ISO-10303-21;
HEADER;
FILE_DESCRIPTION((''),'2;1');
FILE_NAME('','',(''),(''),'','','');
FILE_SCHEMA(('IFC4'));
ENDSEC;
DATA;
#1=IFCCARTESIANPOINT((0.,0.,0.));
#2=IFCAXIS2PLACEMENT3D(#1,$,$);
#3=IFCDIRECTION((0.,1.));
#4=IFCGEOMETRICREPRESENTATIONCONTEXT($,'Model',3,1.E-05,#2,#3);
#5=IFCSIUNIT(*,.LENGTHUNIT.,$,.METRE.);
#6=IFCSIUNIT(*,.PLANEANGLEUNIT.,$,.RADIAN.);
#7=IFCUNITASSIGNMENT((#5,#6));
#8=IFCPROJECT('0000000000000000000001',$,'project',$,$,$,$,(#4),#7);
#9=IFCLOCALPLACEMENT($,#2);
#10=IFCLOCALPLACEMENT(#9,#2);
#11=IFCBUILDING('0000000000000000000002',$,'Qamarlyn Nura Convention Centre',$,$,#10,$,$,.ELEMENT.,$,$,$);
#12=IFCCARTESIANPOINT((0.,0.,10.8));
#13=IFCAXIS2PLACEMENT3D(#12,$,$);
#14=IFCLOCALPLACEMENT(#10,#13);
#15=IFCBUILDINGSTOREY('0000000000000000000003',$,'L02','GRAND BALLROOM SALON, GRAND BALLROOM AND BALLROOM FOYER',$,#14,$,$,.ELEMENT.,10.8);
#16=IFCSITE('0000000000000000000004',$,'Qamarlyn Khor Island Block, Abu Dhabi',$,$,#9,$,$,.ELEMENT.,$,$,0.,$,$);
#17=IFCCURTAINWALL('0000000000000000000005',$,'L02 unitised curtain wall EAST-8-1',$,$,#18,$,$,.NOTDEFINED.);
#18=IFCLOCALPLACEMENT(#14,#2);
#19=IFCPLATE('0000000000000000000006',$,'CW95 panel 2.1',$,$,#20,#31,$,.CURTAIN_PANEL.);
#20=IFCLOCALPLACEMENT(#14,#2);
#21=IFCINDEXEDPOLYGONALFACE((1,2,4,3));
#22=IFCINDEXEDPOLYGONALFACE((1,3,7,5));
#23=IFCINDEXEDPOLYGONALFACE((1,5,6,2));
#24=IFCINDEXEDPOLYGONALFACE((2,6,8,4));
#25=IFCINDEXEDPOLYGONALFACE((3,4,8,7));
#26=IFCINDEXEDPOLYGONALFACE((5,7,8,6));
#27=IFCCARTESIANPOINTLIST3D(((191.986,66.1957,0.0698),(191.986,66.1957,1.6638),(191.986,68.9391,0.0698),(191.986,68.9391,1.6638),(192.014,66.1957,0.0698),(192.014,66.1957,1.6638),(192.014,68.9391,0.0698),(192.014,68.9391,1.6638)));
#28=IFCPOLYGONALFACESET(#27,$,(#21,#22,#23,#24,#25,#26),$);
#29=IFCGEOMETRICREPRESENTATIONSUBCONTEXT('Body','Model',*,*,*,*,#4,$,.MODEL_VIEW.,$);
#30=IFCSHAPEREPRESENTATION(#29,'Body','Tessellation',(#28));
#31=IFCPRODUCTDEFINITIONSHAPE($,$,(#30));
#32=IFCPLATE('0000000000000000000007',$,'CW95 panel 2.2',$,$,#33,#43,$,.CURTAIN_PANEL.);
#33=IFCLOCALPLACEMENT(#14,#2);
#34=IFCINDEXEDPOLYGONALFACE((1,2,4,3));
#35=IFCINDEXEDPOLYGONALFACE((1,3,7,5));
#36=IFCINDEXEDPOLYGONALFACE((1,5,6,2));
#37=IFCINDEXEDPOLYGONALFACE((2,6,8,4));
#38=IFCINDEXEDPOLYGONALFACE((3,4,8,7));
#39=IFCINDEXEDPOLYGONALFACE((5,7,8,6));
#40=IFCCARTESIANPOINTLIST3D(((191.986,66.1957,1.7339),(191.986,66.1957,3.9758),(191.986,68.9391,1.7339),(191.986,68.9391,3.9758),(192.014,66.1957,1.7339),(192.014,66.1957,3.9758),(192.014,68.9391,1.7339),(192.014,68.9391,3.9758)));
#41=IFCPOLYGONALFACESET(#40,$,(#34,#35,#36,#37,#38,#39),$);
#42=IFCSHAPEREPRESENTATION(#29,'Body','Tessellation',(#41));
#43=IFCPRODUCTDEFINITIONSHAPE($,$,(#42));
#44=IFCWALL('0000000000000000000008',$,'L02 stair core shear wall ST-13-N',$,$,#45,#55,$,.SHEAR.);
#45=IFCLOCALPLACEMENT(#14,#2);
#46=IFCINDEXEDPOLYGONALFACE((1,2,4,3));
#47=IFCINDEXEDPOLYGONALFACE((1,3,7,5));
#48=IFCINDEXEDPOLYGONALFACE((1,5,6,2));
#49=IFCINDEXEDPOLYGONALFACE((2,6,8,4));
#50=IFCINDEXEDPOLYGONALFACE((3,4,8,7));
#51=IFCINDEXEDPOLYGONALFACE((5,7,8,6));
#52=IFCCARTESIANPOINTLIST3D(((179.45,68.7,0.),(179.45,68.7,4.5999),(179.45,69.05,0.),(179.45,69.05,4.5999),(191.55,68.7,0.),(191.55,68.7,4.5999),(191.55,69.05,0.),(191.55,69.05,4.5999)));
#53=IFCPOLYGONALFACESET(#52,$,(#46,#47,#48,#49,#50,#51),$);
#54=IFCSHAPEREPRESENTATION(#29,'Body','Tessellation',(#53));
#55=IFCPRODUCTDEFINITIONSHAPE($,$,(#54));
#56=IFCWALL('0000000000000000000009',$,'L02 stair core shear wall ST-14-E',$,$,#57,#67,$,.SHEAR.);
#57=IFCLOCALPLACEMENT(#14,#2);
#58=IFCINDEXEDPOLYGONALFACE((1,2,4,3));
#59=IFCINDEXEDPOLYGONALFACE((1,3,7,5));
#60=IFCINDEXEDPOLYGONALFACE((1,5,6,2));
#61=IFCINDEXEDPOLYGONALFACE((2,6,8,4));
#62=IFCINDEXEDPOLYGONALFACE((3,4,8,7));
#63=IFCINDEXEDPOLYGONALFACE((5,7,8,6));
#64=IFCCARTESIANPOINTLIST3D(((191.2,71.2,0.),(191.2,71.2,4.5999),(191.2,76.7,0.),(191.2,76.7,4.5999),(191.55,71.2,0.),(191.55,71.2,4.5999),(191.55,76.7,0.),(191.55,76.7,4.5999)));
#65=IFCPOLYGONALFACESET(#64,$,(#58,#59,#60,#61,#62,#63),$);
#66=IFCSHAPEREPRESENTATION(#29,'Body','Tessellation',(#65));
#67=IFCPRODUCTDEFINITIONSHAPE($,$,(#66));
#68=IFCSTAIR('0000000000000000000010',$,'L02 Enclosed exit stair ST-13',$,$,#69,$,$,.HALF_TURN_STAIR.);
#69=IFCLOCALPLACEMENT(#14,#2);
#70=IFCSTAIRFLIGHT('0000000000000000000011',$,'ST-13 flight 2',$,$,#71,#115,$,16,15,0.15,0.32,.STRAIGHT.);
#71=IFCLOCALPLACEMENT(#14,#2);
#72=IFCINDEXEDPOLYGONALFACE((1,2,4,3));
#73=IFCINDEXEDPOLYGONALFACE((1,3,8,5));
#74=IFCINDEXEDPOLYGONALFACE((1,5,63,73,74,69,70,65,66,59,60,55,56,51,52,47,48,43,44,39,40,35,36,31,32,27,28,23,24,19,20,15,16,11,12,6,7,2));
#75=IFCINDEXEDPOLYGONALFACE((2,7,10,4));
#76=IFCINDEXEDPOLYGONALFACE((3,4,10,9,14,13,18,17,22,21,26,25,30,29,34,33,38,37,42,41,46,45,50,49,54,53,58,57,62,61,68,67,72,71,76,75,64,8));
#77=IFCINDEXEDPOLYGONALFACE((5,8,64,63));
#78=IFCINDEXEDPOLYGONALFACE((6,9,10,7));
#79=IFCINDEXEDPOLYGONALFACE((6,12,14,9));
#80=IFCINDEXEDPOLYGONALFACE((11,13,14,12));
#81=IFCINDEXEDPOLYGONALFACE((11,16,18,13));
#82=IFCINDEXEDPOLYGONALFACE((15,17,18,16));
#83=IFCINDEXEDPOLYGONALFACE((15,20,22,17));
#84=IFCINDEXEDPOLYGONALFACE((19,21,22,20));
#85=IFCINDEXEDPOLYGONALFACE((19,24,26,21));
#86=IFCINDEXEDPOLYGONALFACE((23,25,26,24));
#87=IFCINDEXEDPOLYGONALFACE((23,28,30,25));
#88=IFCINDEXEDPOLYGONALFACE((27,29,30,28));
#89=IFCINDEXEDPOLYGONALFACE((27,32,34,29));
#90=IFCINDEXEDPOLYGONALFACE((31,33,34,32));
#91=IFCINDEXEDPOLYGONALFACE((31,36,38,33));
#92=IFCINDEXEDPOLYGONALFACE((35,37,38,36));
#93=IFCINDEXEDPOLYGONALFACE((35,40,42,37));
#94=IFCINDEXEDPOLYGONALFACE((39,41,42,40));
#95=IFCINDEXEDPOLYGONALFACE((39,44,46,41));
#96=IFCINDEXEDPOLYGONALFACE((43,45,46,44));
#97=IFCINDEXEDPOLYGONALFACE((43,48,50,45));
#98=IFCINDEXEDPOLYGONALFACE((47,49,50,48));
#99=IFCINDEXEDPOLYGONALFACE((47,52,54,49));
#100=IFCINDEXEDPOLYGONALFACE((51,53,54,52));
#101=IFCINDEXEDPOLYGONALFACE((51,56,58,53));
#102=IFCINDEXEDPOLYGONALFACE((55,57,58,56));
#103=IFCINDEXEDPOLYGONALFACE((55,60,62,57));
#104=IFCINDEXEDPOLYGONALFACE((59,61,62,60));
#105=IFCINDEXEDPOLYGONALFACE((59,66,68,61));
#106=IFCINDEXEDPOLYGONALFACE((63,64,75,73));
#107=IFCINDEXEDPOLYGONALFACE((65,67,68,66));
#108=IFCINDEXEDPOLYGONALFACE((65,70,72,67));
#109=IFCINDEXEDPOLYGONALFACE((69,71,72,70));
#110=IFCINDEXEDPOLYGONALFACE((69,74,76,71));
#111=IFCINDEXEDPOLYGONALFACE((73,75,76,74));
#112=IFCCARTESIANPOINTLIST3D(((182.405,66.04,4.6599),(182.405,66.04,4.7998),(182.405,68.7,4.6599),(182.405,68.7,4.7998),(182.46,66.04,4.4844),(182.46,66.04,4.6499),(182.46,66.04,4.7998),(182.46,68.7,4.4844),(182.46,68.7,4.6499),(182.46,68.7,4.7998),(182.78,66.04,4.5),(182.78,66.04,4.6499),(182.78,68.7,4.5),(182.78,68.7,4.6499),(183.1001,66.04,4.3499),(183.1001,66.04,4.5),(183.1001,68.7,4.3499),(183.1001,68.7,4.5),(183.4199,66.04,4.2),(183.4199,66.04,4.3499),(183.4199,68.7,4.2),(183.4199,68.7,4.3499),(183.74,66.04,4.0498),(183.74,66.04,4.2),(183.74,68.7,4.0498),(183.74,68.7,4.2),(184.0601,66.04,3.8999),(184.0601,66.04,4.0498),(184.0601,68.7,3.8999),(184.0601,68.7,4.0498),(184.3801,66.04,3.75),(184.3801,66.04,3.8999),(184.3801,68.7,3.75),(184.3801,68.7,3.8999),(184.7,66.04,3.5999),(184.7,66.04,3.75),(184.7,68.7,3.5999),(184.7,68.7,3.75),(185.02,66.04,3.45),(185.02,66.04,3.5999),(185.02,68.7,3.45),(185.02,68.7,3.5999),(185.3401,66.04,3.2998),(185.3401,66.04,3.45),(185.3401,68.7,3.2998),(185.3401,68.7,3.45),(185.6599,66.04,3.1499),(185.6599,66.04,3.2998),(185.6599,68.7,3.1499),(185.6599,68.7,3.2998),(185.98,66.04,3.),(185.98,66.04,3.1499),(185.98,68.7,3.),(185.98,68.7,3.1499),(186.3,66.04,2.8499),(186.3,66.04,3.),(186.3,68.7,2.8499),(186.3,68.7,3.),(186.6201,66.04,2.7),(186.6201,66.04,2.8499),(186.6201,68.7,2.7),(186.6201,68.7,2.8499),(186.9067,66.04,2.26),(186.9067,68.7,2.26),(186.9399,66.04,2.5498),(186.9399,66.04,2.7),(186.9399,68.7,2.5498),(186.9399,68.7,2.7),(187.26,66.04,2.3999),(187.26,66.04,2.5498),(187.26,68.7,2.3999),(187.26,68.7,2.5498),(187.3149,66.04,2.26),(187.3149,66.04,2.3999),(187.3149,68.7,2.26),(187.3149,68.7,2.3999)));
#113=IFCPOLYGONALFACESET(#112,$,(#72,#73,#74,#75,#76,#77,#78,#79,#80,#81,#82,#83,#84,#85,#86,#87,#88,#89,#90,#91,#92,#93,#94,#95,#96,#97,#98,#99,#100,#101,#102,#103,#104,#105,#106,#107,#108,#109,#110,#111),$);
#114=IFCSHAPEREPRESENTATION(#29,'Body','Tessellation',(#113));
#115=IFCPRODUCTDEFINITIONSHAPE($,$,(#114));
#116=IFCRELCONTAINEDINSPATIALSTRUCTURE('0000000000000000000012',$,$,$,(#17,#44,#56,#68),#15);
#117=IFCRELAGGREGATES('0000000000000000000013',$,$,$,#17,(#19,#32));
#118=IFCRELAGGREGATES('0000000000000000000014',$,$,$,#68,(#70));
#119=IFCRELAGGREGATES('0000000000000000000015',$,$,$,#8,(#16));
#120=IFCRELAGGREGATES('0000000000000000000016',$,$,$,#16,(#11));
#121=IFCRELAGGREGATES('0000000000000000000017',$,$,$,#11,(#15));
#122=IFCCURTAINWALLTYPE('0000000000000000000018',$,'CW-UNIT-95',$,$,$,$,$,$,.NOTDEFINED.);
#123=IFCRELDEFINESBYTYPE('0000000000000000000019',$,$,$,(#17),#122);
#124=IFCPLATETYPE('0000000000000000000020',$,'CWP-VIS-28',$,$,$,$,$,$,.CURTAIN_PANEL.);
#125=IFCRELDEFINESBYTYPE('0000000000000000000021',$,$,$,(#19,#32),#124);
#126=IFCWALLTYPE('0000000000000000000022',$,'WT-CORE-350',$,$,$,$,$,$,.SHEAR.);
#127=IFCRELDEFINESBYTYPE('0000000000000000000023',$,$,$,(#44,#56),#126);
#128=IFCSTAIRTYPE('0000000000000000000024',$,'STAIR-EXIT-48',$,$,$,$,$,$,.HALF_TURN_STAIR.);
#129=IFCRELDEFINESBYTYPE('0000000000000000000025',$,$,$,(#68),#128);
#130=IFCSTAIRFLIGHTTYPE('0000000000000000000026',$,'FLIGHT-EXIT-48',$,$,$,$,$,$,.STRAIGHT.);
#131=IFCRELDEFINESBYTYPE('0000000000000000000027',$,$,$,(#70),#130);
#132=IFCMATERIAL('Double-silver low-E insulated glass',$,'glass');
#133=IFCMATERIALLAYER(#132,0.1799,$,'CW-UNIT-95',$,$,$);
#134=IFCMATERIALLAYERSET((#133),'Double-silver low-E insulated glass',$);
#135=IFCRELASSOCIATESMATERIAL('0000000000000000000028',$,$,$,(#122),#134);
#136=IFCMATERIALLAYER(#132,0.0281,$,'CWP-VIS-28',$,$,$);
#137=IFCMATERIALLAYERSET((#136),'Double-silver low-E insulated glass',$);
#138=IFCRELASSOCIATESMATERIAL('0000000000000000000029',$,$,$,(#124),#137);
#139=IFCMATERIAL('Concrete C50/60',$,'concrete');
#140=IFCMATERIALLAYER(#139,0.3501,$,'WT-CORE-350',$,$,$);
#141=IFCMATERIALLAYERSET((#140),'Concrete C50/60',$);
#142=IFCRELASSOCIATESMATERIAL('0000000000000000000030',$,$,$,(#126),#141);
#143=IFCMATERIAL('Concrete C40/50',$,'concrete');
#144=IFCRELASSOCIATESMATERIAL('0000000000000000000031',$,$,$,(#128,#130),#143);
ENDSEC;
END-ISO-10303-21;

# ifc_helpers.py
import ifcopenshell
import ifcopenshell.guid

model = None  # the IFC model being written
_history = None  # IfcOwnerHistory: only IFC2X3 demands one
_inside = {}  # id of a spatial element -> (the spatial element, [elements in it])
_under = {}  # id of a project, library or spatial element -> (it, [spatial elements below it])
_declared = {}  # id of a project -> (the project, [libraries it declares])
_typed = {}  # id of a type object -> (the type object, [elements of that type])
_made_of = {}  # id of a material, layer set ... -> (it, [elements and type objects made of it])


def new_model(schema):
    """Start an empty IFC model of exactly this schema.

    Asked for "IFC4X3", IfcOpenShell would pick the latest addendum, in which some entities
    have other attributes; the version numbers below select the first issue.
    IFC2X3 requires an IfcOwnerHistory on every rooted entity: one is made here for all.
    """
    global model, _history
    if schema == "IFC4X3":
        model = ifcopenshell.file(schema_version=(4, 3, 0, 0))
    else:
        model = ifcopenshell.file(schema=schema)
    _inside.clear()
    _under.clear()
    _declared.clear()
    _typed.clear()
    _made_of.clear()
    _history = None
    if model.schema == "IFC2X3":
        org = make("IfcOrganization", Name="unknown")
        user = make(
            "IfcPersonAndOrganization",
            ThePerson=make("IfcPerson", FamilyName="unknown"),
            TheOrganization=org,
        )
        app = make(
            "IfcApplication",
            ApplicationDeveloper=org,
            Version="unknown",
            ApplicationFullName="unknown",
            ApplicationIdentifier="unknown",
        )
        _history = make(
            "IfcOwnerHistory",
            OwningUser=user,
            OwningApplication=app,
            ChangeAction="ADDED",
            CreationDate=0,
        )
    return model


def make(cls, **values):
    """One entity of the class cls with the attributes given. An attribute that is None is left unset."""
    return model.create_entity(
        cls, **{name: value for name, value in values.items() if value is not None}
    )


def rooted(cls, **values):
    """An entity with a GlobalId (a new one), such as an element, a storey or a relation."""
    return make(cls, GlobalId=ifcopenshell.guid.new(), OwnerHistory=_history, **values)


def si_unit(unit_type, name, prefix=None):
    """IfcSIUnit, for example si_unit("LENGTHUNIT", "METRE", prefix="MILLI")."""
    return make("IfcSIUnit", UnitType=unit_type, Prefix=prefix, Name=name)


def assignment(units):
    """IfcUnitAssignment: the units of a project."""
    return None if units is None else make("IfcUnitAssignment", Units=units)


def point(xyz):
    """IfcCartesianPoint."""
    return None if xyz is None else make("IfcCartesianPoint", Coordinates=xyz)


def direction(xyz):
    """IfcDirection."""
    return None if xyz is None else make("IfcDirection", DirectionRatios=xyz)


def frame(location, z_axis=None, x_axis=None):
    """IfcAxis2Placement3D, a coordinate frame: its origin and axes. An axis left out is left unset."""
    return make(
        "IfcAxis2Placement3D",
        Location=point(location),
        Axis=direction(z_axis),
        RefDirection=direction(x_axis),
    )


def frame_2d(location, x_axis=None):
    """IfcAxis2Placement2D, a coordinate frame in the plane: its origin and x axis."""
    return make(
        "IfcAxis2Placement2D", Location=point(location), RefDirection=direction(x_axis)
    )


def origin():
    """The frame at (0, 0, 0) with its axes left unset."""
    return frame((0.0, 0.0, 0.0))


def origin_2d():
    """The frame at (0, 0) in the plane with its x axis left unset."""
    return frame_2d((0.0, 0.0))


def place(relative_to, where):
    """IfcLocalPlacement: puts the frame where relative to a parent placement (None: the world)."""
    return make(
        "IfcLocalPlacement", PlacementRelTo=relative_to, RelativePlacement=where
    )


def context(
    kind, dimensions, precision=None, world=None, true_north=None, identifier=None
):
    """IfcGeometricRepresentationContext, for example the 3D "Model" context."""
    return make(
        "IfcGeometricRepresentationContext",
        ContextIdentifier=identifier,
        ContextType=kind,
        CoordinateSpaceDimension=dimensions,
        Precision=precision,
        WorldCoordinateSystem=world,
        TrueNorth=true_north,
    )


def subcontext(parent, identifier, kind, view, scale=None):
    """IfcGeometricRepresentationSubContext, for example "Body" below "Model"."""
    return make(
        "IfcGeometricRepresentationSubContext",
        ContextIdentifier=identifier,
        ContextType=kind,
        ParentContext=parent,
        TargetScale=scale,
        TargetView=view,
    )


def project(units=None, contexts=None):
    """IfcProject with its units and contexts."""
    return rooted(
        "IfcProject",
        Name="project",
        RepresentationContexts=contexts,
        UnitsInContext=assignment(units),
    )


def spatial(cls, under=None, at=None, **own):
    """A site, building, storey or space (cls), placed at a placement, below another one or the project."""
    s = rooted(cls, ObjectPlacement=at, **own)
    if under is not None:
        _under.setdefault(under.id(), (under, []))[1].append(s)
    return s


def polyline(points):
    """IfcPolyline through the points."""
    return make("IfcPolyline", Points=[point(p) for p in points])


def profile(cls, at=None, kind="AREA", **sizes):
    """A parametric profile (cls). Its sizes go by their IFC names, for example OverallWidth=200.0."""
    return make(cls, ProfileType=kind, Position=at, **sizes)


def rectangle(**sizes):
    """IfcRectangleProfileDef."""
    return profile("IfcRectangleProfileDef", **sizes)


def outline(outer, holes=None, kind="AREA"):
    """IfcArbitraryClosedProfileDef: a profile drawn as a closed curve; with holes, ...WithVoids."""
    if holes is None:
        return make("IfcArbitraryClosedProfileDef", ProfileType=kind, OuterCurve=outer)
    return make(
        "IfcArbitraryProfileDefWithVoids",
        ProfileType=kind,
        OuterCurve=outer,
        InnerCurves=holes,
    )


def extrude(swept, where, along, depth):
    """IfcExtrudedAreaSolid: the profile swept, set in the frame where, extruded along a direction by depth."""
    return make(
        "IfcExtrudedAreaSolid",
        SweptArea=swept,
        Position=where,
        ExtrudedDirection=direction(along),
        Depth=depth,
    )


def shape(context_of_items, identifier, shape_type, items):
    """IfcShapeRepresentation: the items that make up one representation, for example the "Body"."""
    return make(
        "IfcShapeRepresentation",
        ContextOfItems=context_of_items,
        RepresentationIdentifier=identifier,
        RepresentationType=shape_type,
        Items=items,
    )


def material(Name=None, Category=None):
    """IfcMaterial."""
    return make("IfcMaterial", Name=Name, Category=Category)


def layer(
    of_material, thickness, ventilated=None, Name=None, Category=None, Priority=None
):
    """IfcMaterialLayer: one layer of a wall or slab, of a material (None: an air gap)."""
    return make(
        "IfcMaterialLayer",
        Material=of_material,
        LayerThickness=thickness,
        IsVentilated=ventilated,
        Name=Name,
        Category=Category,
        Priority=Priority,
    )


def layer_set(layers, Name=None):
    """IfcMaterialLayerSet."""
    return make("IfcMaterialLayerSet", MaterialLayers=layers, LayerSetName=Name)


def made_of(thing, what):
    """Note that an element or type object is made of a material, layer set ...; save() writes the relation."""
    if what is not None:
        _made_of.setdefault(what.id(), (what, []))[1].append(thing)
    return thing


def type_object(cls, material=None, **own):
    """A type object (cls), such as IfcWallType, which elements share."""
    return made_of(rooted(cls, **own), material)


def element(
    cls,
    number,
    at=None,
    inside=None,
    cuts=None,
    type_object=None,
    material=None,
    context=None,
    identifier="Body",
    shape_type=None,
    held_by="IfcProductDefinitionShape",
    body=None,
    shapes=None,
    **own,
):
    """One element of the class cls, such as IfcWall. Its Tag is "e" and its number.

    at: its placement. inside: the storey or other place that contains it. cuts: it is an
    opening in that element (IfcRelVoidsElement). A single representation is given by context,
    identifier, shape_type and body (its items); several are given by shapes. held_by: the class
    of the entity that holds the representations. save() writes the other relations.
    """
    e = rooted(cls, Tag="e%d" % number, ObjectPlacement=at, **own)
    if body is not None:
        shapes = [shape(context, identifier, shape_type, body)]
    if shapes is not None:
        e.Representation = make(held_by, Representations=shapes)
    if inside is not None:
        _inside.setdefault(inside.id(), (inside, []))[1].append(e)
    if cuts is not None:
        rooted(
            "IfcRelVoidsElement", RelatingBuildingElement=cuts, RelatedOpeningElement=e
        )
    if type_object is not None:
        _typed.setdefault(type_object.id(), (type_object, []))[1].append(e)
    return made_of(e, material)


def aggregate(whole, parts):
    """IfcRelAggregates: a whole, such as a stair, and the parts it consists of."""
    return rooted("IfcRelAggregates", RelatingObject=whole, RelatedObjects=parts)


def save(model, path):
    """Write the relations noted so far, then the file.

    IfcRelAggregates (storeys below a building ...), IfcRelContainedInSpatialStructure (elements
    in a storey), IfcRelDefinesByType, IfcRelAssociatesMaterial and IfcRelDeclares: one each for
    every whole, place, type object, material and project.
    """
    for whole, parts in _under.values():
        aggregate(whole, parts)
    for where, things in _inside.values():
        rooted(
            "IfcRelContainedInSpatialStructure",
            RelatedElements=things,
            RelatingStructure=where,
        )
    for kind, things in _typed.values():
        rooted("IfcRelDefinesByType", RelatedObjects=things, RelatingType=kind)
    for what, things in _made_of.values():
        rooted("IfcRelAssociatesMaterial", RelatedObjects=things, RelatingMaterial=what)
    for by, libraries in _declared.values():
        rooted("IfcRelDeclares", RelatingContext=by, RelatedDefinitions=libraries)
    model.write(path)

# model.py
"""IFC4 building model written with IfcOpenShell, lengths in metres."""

from ifc_helpers import new_model, si_unit, direction, frame, frame_2d, origin, origin_2d, place, context, subcontext, project, spatial, polyline, rectangle, outline, extrude, material, layer, layer_set, type_object, element, aggregate, save


model = new_model("IFC4")

# Units and contexts
model_context = context("Model", 3, precision=1e-05, world=origin(), true_north=direction((0.0, 1.0)))
body_context = subcontext(model_context, "Body", "Model", "MODEL_VIEW")
ifc_project = project(units=[si_unit("LENGTHUNIT", "METRE"), si_unit("PLANEANGLEUNIT", "RADIAN")], contexts=[model_context])

# Site, building, storey
site_placement = place(None, origin())
site = spatial("IfcSite", under=ifc_project, at=site_placement, Name="Qamarlyn Khor Island Block, Abu Dhabi", CompositionType="ELEMENT", RefElevation=0.0)
building_placement = place(site_placement, origin())
building = spatial("IfcBuilding", under=site, at=building_placement, Name="Qamarlyn Nura Convention Centre", CompositionType="ELEMENT")
storey_placement = place(building_placement, frame((0.0, 0.0, 10.8)))
storey = spatial("IfcBuildingStorey", under=building, at=storey_placement, Name="L02", Description="GRAND BALLROOM SALON, GRAND BALLROOM AND BALLROOM FOYER", CompositionType="ELEMENT", Elevation=10.8)

# Curtain wall, plates
ifc_material_1 = material(Name="Double-silver low-E insulated glass", Category="glass")
ifc_layer_1 = layer(ifc_material_1, 0.1799, Name="CW-UNIT-95")
ifc_layer_set_1 = layer_set([ifc_layer_1], Name="Double-silver low-E insulated glass")
curtain_wall_type = type_object("IfcCurtainWallType", Name="CW-UNIT-95", PredefinedType="NOTDEFINED", material=ifc_layer_set_1)
curtain_wall_placement = place(storey_placement, origin())
curtain_wall = element("IfcCurtainWall", 1, at=curtain_wall_placement, inside=storey, type_object=curtain_wall_type, Name="L02 unitised curtain wall EAST-8-1", PredefinedType="NOTDEFINED")
ifc_layer_2 = layer(ifc_material_1, 0.0281, Name="CWP-VIS-28")
ifc_layer_set_2 = layer_set([ifc_layer_2], Name="Double-silver low-E insulated glass")
plate_type = type_object("IfcPlateType", Name="CWP-VIS-28", PredefinedType="CURTAIN_PANEL", material=ifc_layer_set_2)
plate_1_placement = place(storey_placement, frame((192.0, 67.5674, 0.0698), z_axis=(0.0, 0.0, 1.0), x_axis=(0.0, -1.0, 0.0)))
plate_1 = element("IfcPlate", 2, at=plate_1_placement, type_object=plate_type, Name="CW95 panel 2.1", PredefinedType="CURTAIN_PANEL", context=body_context, shape_type="SweptSolid", body=[
    extrude(rectangle(XDim=2.7434, YDim=0.0281, at=origin_2d()), origin(), (0.0, 0.0, 1.0), 1.594),
])
plate_2_placement = place(storey_placement, frame((192.0, 67.5674, 1.7339), z_axis=(0.0, 0.0, 1.0), x_axis=(0.0, -1.0, 0.0)))
plate_2 = element("IfcPlate", 3, at=plate_2_placement, type_object=plate_type, Name="CW95 panel 2.2", PredefinedType="CURTAIN_PANEL", context=body_context, shape_type="SweptSolid", body=[
    extrude(rectangle(XDim=2.7434, YDim=0.0281, at=origin_2d()), origin(), (0.0, 0.0, 1.0), 2.2419),
])
aggregate(curtain_wall, [plate_1, plate_2])

# Walls
ifc_material_2 = material(Name="Concrete C50/60", Category="concrete")
ifc_layer_3 = layer(ifc_material_2, 0.3501, Name="WT-CORE-350")
ifc_layer_set_3 = layer_set([ifc_layer_3], Name="Concrete C50/60")
wall_type = type_object("IfcWallType", Name="WT-CORE-350", PredefinedType="SHEAR", material=ifc_layer_set_3)
wall_1_placement = place(storey_placement, frame((191.55, 68.875, 0.0), z_axis=(0.0, 0.0, 1.0), x_axis=(-1.0, 0.0, 0.0)))
element("IfcWall", 4, at=wall_1_placement, inside=storey, type_object=wall_type, Name="L02 stair core shear wall ST-13-N", PredefinedType="SHEAR", context=body_context, shape_type="SweptSolid", body=[
    extrude(rectangle(XDim=12.1001, YDim=0.3501, at=frame_2d((6.05, 0.0))), origin(), (0.0, 0.0, 1.0), 4.5999),
])
wall_2_placement = place(storey_placement, frame((191.375, 71.2, 0.0), z_axis=(0.0, 0.0, 1.0), x_axis=(0.0, 1.0, 0.0)))
element("IfcWall", 5, at=wall_2_placement, inside=storey, type_object=wall_type, Name="L02 stair core shear wall ST-14-E", PredefinedType="SHEAR", context=body_context, shape_type="SweptSolid", body=[
    extrude(rectangle(XDim=5.5, YDim=0.3501, at=frame_2d((2.75, 0.0))), origin(), (0.0, 0.0, 1.0), 4.5999),
])

# Stair, stair flight
ifc_material_3 = material(Name="Concrete C40/50", Category="concrete")
stair_type = type_object("IfcStairType", Name="STAIR-EXIT-48", PredefinedType="HALF_TURN_STAIR", material=ifc_material_3)
stair_placement = place(storey_placement, origin())
stair = element("IfcStair", 6, at=stair_placement, inside=storey, type_object=stair_type, Name="L02 Enclosed exit stair ST-13", PredefinedType="HALF_TURN_STAIR")
stair_flight_type = type_object("IfcStairFlightType", Name="FLIGHT-EXIT-48", PredefinedType="STRAIGHT", material=ifc_material_3)
stair_flight_placement = place(storey_placement, frame((187.26, 67.3701, 2.3999), z_axis=(0.0, 0.0, 1.0), x_axis=(-1.0, 0.0, 0.0)))
stair_flight = element("IfcStairFlight", 7, at=stair_flight_placement, type_object=stair_flight_type, Name="ST-13 flight 2", NumberOfRisers=16, NumberOfTreads=15, PredefinedType="STRAIGHT", RiserHeight=0.15, TreadLength=0.32, context=body_context, shape_type="SweptSolid", body=[
    extrude(outline(polyline([(-0.0549, 0.0), (0.0, 0.0), (0.0, 0.1499), (0.3201, 0.1499), (0.3201, 0.3), (0.6399, 0.3), (0.6399, 0.45), (0.96, 0.45), (0.96, 0.6001), (1.28, 0.6001), (1.28, 0.75), (1.6001, 0.75), (1.6001, 0.8999), (1.9199, 0.8999), (1.9199, 1.05), (2.24, 1.05), (2.24, 1.2), (2.5601, 1.2), (2.5601, 1.3501), (2.8799, 1.3501), (2.8799, 1.5), (3.2, 1.5), (3.2, 1.6499), (3.52, 1.6499), (3.52, 1.8), (3.8401, 1.8), (3.8401, 1.95), (4.1599, 1.95), (4.1599, 2.1001), (4.48, 2.1001), (4.48, 2.25), (4.8, 2.25), (4.8, 2.3999), (4.855, 2.3999), (4.855, 2.26), (4.8, 2.0845), (0.3533, -0.1399), (-0.0549, -0.1399), (-0.0549, 0.0)])), frame((0.0, 1.3301, 0.0), z_axis=(0.0, -1.0, 0.0), x_axis=(1.0, 0.0, 0.0)), (0.0, 0.0, 1.0), 2.6599),
])
aggregate(stair, [stair_flight])

save(model, "model.ifc")
